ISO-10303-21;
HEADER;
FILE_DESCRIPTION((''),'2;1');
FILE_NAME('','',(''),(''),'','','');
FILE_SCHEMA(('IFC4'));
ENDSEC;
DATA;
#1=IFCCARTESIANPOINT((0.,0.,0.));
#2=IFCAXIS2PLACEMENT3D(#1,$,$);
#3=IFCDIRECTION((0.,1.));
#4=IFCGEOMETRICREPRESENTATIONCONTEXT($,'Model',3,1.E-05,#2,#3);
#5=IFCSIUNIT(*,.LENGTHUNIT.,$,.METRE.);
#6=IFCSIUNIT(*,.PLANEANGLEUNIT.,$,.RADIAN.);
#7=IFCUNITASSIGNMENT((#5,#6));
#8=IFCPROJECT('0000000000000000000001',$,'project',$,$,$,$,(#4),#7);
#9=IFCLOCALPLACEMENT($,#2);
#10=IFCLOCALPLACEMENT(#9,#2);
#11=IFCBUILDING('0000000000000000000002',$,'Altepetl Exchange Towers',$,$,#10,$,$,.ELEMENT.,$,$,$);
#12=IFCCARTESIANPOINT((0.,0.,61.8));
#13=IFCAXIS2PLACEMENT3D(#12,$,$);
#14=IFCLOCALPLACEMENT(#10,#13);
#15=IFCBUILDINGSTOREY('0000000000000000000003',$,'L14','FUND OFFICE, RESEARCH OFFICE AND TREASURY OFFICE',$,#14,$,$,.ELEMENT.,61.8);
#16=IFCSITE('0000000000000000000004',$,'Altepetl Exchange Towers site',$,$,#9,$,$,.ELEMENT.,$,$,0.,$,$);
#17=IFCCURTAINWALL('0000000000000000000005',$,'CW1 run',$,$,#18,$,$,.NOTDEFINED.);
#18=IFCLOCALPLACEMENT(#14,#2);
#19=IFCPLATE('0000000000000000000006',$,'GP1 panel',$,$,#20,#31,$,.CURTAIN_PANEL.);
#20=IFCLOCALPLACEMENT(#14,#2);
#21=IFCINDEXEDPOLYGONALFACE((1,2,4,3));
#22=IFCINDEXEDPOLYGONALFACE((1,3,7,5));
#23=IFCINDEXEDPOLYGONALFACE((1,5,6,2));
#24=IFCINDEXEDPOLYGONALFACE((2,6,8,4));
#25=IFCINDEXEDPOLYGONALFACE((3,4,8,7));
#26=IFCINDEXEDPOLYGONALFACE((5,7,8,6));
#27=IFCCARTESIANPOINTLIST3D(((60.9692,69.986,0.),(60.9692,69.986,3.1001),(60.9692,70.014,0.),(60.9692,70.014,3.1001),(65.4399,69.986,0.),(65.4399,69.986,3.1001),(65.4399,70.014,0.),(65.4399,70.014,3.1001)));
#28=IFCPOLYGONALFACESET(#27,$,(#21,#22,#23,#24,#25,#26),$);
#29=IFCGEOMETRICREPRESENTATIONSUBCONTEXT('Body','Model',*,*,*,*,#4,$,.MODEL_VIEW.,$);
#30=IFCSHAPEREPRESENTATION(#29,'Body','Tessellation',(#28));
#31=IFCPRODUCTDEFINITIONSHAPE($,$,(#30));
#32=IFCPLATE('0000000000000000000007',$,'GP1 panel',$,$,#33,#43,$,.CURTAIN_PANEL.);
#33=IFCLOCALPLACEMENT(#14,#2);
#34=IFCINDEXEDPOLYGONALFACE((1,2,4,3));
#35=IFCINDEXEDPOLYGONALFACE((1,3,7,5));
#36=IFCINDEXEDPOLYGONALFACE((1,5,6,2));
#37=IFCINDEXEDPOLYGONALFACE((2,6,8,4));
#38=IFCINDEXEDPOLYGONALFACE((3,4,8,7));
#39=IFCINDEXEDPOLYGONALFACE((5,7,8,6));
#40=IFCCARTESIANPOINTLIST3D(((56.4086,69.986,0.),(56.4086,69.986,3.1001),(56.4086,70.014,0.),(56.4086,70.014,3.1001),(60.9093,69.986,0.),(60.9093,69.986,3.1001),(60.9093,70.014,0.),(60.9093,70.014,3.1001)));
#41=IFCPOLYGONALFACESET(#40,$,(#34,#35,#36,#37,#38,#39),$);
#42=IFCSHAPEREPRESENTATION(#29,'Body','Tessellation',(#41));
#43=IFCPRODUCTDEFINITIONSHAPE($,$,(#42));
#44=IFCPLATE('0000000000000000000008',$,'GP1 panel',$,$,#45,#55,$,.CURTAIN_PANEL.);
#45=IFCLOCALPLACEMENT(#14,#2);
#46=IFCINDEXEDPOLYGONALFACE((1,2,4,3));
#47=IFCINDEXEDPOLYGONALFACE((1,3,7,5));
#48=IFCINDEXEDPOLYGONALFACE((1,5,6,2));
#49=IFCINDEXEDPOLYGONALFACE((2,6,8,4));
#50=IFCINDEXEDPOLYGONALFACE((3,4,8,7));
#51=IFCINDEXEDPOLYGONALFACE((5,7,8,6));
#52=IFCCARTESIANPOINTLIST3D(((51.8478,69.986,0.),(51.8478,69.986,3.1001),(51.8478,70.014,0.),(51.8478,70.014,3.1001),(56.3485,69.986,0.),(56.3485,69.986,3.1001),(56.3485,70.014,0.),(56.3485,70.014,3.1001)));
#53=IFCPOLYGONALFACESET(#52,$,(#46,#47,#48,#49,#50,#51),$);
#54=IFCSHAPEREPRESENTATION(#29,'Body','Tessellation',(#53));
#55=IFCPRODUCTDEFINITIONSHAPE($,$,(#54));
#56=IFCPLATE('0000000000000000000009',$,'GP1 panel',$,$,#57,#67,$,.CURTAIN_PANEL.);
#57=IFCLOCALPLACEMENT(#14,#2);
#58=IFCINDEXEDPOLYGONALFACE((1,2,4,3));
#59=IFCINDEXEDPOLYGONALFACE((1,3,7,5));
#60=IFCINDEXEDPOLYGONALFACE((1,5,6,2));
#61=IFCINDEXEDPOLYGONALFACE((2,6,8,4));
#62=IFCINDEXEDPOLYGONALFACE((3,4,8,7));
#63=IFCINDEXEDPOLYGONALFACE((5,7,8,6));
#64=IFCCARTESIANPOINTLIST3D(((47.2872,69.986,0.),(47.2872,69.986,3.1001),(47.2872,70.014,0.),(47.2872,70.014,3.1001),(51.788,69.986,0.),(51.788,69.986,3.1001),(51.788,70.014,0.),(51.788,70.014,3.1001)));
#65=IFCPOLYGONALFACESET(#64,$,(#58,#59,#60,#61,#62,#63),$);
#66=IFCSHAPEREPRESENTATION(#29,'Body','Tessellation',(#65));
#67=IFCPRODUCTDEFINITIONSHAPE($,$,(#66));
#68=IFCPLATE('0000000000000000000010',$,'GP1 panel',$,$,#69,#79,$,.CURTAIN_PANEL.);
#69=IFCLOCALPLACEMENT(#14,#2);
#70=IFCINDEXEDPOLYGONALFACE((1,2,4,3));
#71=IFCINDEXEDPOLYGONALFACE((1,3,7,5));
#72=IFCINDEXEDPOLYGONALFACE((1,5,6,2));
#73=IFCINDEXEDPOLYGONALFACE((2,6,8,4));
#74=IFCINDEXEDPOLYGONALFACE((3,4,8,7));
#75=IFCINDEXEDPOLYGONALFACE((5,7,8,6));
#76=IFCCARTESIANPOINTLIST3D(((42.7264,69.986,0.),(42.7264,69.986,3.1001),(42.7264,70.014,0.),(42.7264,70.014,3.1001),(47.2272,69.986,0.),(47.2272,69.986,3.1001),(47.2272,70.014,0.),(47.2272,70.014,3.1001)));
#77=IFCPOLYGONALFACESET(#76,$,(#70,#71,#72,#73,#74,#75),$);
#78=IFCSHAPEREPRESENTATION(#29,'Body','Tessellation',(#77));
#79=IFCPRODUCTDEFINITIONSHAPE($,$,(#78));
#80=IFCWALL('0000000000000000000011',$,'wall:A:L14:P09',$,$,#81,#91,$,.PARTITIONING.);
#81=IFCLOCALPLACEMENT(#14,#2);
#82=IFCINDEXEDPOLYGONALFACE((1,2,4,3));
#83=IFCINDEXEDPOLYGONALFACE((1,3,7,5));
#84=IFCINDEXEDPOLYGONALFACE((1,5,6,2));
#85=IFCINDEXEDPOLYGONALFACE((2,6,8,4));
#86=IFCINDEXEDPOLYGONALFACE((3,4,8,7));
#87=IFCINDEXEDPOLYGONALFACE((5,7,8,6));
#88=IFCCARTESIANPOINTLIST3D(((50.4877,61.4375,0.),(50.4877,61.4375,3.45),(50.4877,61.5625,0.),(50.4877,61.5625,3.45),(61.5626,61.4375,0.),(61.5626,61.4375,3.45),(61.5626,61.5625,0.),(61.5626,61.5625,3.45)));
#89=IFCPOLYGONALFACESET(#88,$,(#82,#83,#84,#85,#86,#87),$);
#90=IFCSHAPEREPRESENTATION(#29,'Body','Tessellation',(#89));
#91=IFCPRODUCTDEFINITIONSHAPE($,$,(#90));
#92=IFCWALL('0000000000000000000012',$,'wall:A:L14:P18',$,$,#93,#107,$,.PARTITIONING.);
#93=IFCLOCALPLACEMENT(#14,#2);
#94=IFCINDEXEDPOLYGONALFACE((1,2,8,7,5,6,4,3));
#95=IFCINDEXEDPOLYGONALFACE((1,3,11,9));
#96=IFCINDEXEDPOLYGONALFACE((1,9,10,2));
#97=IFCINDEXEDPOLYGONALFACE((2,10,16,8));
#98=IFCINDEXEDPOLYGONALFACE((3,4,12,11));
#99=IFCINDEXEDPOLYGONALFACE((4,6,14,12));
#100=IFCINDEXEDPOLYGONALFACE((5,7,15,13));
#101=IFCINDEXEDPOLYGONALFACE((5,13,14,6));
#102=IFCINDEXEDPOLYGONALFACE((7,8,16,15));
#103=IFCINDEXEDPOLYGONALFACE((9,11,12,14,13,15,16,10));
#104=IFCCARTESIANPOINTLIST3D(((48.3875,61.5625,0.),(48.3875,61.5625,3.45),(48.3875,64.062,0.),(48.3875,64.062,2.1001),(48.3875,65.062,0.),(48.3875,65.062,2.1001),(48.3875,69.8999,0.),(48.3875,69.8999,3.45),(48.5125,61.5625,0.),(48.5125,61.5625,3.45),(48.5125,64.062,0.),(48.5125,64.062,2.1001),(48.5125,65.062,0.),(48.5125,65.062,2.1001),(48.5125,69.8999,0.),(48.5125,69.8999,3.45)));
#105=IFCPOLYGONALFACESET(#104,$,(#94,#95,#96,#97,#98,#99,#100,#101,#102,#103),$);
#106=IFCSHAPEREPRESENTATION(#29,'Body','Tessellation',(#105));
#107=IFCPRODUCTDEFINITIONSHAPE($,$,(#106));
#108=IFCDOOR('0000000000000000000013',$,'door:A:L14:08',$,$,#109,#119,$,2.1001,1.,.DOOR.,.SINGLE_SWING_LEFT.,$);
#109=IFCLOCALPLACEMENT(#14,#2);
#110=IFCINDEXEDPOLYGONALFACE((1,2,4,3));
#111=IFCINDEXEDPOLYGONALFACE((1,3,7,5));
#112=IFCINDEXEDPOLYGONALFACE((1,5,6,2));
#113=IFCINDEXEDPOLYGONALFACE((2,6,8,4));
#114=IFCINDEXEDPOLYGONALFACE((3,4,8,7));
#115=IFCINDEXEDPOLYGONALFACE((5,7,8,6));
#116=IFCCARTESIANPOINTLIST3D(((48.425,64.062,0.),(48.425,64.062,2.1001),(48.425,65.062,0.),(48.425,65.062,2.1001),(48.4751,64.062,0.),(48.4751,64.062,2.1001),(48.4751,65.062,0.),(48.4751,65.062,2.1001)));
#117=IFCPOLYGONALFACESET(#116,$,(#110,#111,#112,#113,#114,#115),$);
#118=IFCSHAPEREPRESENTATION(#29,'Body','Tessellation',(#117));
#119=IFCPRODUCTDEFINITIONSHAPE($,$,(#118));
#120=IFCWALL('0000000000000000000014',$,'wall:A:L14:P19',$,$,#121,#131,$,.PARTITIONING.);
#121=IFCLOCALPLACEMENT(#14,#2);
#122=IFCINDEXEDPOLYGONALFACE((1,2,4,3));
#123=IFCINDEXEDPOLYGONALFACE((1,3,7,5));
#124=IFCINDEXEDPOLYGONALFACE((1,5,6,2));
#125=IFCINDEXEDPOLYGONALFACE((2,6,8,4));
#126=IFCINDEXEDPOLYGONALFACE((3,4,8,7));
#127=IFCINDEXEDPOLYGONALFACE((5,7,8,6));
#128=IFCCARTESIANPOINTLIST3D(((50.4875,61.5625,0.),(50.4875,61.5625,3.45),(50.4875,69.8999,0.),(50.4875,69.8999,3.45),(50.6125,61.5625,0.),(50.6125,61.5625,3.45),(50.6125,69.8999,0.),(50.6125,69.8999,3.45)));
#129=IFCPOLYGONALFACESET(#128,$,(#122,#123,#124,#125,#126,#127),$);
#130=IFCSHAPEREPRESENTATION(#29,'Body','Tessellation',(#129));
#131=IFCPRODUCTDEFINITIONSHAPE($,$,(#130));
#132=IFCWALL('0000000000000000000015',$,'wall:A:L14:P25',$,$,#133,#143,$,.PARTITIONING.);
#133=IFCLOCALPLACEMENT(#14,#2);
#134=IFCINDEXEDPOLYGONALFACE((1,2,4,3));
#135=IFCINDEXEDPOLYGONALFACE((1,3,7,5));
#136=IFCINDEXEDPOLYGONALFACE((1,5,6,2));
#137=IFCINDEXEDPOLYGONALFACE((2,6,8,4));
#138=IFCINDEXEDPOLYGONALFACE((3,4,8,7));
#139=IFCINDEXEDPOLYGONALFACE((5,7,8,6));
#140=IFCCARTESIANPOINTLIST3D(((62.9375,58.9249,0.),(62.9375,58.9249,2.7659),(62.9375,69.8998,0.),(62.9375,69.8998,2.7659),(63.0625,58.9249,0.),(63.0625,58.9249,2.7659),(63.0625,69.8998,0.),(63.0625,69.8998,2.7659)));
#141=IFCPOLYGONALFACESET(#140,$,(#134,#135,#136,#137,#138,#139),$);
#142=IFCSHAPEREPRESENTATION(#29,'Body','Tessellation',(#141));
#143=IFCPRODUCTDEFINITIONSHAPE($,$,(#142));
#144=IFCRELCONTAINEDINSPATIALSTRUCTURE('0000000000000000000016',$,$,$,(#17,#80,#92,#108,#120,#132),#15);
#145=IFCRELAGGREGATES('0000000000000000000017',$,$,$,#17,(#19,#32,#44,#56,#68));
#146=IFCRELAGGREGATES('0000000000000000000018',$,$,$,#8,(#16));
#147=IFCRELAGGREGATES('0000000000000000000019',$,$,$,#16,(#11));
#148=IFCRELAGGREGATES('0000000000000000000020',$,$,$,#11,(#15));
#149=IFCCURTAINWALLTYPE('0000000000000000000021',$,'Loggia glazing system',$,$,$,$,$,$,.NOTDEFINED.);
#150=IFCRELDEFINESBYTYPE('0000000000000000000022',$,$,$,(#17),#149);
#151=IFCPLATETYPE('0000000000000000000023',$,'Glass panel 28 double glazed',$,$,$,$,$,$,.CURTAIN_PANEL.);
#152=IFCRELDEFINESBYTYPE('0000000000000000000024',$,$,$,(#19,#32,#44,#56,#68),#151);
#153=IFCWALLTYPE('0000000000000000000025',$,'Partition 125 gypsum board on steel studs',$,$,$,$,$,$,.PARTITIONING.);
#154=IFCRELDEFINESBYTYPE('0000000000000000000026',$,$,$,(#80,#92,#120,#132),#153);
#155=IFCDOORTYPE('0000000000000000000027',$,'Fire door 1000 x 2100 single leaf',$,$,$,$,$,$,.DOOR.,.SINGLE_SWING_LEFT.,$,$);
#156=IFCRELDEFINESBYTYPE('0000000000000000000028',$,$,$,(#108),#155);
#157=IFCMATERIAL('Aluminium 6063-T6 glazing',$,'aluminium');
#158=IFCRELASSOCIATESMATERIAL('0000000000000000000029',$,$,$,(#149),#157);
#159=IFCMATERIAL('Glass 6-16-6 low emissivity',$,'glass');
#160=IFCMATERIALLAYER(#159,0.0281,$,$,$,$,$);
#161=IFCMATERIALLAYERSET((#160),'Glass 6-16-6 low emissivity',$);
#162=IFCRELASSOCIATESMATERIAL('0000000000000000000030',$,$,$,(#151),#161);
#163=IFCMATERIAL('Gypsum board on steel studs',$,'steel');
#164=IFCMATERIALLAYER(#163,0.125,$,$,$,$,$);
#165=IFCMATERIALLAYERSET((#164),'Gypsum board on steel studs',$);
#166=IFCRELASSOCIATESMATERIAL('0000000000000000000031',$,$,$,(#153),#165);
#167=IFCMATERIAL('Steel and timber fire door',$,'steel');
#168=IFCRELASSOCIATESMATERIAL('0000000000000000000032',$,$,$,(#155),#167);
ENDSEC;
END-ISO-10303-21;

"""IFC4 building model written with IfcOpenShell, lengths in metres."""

from ifc_helpers import new_model, si_unit, direction, frame, frame_2d, origin, origin_2d, place, context, subcontext, project, spatial, rectangle, extrude, material, layer, layer_set, type_object, element, fill, aggregate, save


model = new_model("IFC4")

# Units and contexts
model_context = context("Model", 3, precision=1e-05, world=origin(), true_north=direction((0.0, 1.0)))
body_context = subcontext(model_context, "Body", "Model", "MODEL_VIEW")
ifc_project = project(units=[si_unit("LENGTHUNIT", "METRE"), si_unit("PLANEANGLEUNIT", "RADIAN")], contexts=[model_context])

# Site, building, storey
site_placement = place(None, origin())
site = spatial("IfcSite", under=ifc_project, at=site_placement, Name="Altepetl Exchange Towers site", CompositionType="ELEMENT", RefElevation=0.0)
building_placement = place(site_placement, origin())
building = spatial("IfcBuilding", under=site, at=building_placement, Name="Altepetl Exchange Towers", CompositionType="ELEMENT")
storey_placement = place(building_placement, frame((0.0, 0.0, 61.8)))
storey = spatial("IfcBuildingStorey", under=building, at=storey_placement, Name="L14", Description="FUND OFFICE, RESEARCH OFFICE AND TREASURY OFFICE", CompositionType="ELEMENT", Elevation=61.8)

# Shared definitions
ifc_material_1 = material(Name="Aluminium 6063-T6 glazing", Category="aluminium")
curtain_wall_type = type_object("IfcCurtainWallType", Name="Loggia glazing system", PredefinedType="NOTDEFINED", material=ifc_material_1)

# Curtain wall
curtain_wall_1_placement = place(storey_placement, origin())
curtain_wall_1 = element("IfcCurtainWall", 1, at=curtain_wall_1_placement, inside=storey, type_object=curtain_wall_type, Name="CW1 run", PredefinedType="NOTDEFINED")

# Plates
ifc_material_2 = material(Name="Glass 6-16-6 low emissivity", Category="glass")
ifc_layer_1 = layer(ifc_material_2, 0.0281)
ifc_layer_set_1 = layer_set([ifc_layer_1], Name="Glass 6-16-6 low emissivity")
plate_type = type_object("IfcPlateType", Name="Glass panel 28 double glazed", PredefinedType="CURTAIN_PANEL", material=ifc_layer_set_1)
plate_1_placement = place(storey_placement, frame((63.2046, 70.0, 0.0), z_axis=(0.0, 0.0, 1.0), x_axis=(-1.0, 0.0, 0.0)))
plate_1 = element("IfcPlate", 2, at=plate_1_placement, type_object=plate_type, Name="GP1 panel", PredefinedType="CURTAIN_PANEL", context=body_context, shape_type="SweptSolid", body=[
    extrude(rectangle(XDim=4.4707, YDim=0.0281, at=origin_2d()), origin(), (0.0, 0.0, 1.0), 3.1001),
])
plate_2_placement = place(storey_placement, frame((58.6589, 70.0, 0.0), z_axis=(0.0, 0.0, 1.0), x_axis=(-1.0, 0.0, 0.0)))
plate_2 = element("IfcPlate", 3, at=plate_2_placement, type_object=plate_type, Name="GP1 panel", PredefinedType="CURTAIN_PANEL", context=body_context, shape_type="SweptSolid", body=[
    extrude(rectangle(XDim=4.5007, YDim=0.0281, at=origin_2d()), origin(), (0.0, 0.0, 1.0), 3.1001),
])
plate_3_placement = place(storey_placement, frame((54.0981, 70.0, 0.0), z_axis=(0.0, 0.0, 1.0), x_axis=(-1.0, 0.0, 0.0)))
plate_3 = element("IfcPlate", 4, at=plate_3_placement, type_object=plate_type, Name="GP1 panel", PredefinedType="CURTAIN_PANEL", context=body_context, shape_type="SweptSolid", body=[
    extrude(rectangle(XDim=4.5007, YDim=0.0281, at=origin_2d()), origin(), (0.0, 0.0, 1.0), 3.1001),
])
plate_4_placement = place(storey_placement, frame((49.5376, 70.0, 0.0), z_axis=(0.0, 0.0, 1.0), x_axis=(-1.0, 0.0, 0.0)))
plate_4 = element("IfcPlate", 5, at=plate_4_placement, type_object=plate_type, Name="GP1 panel", PredefinedType="CURTAIN_PANEL", context=body_context, shape_type="SweptSolid", body=[
    extrude(rectangle(XDim=4.5007, YDim=0.0281, at=origin_2d()), origin(), (0.0, 0.0, 1.0), 3.1001),
])
plate_5_placement = place(storey_placement, frame((44.9768, 70.0, 0.0), z_axis=(0.0, 0.0, 1.0), x_axis=(-1.0, 0.0, 0.0)))
plate_5 = element("IfcPlate", 6, at=plate_5_placement, type_object=plate_type, Name="GP1 panel", PredefinedType="CURTAIN_PANEL", context=body_context, shape_type="SweptSolid", body=[
    extrude(rectangle(XDim=4.5007, YDim=0.0281, at=origin_2d()), origin(), (0.0, 0.0, 1.0), 3.1001),
])
aggregate(curtain_wall_1, [plate_1, plate_2, plate_3, plate_4, plate_5])

# Wall
ifc_material_3 = material(Name="Gypsum board on steel studs", Category="steel")
ifc_layer_2 = layer(ifc_material_3, 0.125)
ifc_layer_set_2 = layer_set([ifc_layer_2], Name="Gypsum board on steel studs")
wall_type = type_object("IfcWallType", Name="Partition 125 gypsum board on steel studs", PredefinedType="PARTITIONING", material=ifc_layer_set_2)
wall_1_placement = place(storey_placement, frame((50.4875, 61.5, 0.0)))
element("IfcWall", 7, at=wall_1_placement, inside=storey, type_object=wall_type, Name="wall:A:L14:P09", PredefinedType="PARTITIONING", context=body_context, shape_type="SweptSolid", body=[
    extrude(rectangle(XDim=11.075, YDim=0.125, at=frame_2d((5.5376, 0.0))), origin(), (0.0, 0.0, 1.0), 3.45),
])

# Wall, opening, door
wall_2_placement = place(storey_placement, frame((48.45, 61.5625, 0.0), z_axis=(0.0, 0.0, 1.0), x_axis=(0.0, 1.0, 0.0)))
wall_2 = element("IfcWall", 8, at=wall_2_placement, inside=storey, type_object=wall_type, Name="wall:A:L14:P18", PredefinedType="PARTITIONING", context=body_context, shape_type="SweptSolid", body=[
    extrude(rectangle(XDim=8.3374, YDim=0.125, at=frame_2d((4.1687, 0.0))), origin(), (0.0, 0.0, 1.0), 3.45),
])
opening_placement = place(wall_2_placement, frame((2.4995, 0.0, 0.0)))
opening = element("IfcOpeningElement", 9, at=opening_placement, cuts=wall_2, PredefinedType="OPENING", context=body_context, shape_type="SweptSolid", body=[
    extrude(rectangle(XDim=1.0, YDim=2.1001, at=frame_2d((0.5, 1.05))), frame((0.0, 0.0725, 0.0), z_axis=(0.0, -1.0, 0.0), x_axis=(1.0, 0.0, 0.0)), (0.0, 0.0, 1.0), 0.145),
])
ifc_material_4 = material(Name="Steel and timber fire door", Category="steel")
door_type = type_object("IfcDoorType", Name="Fire door 1000 x 2100 single leaf", OperationType="SINGLE_SWING_LEFT", PredefinedType="DOOR", material=ifc_material_4)
door_placement = place(opening_placement, origin())
door = element("IfcDoor", 10, at=door_placement, inside=storey, type_object=door_type, Name="door:A:L14:08", OperationType="SINGLE_SWING_LEFT", OverallHeight=2.1001, OverallWidth=1.0, PredefinedType="DOOR", context=body_context, shape_type="SweptSolid", body=[
    extrude(rectangle(XDim=1.0, YDim=2.1001, at=frame_2d((0.5, 1.05))), frame((0.0, 0.0249, 0.0), z_axis=(0.0, -1.0, 0.0), x_axis=(1.0, 0.0, 0.0)), (0.0, 0.0, 1.0), 0.05),
])
fill(opening, door)

# Walls
wall_3_placement = place(storey_placement, frame((50.55, 61.5625, 0.0), z_axis=(0.0, 0.0, 1.0), x_axis=(0.0, 1.0, 0.0)))
element("IfcWall", 11, at=wall_3_placement, inside=storey, type_object=wall_type, Name="wall:A:L14:P19", PredefinedType="PARTITIONING", context=body_context, shape_type="SweptSolid", body=[
    extrude(rectangle(XDim=8.3374, YDim=0.125, at=frame_2d((4.1687, 0.0))), origin(), (0.0, 0.0, 1.0), 3.45),
])
wall_4_placement = place(storey_placement, frame((63.0, 58.925, 0.0), z_axis=(0.0, 0.0, 1.0), x_axis=(0.0, 1.0, 0.0)))
element("IfcWall", 12, at=wall_4_placement, inside=storey, type_object=wall_type, Name="wall:A:L14:P25", PredefinedType="PARTITIONING", context=body_context, shape_type="SweptSolid", body=[
    extrude(rectangle(XDim=10.9749, YDim=0.125, at=frame_2d((5.4873, 0.0))), origin(), (0.0, 0.0, 1.0), 2.7659),
])

save(model, "model.ifc")
